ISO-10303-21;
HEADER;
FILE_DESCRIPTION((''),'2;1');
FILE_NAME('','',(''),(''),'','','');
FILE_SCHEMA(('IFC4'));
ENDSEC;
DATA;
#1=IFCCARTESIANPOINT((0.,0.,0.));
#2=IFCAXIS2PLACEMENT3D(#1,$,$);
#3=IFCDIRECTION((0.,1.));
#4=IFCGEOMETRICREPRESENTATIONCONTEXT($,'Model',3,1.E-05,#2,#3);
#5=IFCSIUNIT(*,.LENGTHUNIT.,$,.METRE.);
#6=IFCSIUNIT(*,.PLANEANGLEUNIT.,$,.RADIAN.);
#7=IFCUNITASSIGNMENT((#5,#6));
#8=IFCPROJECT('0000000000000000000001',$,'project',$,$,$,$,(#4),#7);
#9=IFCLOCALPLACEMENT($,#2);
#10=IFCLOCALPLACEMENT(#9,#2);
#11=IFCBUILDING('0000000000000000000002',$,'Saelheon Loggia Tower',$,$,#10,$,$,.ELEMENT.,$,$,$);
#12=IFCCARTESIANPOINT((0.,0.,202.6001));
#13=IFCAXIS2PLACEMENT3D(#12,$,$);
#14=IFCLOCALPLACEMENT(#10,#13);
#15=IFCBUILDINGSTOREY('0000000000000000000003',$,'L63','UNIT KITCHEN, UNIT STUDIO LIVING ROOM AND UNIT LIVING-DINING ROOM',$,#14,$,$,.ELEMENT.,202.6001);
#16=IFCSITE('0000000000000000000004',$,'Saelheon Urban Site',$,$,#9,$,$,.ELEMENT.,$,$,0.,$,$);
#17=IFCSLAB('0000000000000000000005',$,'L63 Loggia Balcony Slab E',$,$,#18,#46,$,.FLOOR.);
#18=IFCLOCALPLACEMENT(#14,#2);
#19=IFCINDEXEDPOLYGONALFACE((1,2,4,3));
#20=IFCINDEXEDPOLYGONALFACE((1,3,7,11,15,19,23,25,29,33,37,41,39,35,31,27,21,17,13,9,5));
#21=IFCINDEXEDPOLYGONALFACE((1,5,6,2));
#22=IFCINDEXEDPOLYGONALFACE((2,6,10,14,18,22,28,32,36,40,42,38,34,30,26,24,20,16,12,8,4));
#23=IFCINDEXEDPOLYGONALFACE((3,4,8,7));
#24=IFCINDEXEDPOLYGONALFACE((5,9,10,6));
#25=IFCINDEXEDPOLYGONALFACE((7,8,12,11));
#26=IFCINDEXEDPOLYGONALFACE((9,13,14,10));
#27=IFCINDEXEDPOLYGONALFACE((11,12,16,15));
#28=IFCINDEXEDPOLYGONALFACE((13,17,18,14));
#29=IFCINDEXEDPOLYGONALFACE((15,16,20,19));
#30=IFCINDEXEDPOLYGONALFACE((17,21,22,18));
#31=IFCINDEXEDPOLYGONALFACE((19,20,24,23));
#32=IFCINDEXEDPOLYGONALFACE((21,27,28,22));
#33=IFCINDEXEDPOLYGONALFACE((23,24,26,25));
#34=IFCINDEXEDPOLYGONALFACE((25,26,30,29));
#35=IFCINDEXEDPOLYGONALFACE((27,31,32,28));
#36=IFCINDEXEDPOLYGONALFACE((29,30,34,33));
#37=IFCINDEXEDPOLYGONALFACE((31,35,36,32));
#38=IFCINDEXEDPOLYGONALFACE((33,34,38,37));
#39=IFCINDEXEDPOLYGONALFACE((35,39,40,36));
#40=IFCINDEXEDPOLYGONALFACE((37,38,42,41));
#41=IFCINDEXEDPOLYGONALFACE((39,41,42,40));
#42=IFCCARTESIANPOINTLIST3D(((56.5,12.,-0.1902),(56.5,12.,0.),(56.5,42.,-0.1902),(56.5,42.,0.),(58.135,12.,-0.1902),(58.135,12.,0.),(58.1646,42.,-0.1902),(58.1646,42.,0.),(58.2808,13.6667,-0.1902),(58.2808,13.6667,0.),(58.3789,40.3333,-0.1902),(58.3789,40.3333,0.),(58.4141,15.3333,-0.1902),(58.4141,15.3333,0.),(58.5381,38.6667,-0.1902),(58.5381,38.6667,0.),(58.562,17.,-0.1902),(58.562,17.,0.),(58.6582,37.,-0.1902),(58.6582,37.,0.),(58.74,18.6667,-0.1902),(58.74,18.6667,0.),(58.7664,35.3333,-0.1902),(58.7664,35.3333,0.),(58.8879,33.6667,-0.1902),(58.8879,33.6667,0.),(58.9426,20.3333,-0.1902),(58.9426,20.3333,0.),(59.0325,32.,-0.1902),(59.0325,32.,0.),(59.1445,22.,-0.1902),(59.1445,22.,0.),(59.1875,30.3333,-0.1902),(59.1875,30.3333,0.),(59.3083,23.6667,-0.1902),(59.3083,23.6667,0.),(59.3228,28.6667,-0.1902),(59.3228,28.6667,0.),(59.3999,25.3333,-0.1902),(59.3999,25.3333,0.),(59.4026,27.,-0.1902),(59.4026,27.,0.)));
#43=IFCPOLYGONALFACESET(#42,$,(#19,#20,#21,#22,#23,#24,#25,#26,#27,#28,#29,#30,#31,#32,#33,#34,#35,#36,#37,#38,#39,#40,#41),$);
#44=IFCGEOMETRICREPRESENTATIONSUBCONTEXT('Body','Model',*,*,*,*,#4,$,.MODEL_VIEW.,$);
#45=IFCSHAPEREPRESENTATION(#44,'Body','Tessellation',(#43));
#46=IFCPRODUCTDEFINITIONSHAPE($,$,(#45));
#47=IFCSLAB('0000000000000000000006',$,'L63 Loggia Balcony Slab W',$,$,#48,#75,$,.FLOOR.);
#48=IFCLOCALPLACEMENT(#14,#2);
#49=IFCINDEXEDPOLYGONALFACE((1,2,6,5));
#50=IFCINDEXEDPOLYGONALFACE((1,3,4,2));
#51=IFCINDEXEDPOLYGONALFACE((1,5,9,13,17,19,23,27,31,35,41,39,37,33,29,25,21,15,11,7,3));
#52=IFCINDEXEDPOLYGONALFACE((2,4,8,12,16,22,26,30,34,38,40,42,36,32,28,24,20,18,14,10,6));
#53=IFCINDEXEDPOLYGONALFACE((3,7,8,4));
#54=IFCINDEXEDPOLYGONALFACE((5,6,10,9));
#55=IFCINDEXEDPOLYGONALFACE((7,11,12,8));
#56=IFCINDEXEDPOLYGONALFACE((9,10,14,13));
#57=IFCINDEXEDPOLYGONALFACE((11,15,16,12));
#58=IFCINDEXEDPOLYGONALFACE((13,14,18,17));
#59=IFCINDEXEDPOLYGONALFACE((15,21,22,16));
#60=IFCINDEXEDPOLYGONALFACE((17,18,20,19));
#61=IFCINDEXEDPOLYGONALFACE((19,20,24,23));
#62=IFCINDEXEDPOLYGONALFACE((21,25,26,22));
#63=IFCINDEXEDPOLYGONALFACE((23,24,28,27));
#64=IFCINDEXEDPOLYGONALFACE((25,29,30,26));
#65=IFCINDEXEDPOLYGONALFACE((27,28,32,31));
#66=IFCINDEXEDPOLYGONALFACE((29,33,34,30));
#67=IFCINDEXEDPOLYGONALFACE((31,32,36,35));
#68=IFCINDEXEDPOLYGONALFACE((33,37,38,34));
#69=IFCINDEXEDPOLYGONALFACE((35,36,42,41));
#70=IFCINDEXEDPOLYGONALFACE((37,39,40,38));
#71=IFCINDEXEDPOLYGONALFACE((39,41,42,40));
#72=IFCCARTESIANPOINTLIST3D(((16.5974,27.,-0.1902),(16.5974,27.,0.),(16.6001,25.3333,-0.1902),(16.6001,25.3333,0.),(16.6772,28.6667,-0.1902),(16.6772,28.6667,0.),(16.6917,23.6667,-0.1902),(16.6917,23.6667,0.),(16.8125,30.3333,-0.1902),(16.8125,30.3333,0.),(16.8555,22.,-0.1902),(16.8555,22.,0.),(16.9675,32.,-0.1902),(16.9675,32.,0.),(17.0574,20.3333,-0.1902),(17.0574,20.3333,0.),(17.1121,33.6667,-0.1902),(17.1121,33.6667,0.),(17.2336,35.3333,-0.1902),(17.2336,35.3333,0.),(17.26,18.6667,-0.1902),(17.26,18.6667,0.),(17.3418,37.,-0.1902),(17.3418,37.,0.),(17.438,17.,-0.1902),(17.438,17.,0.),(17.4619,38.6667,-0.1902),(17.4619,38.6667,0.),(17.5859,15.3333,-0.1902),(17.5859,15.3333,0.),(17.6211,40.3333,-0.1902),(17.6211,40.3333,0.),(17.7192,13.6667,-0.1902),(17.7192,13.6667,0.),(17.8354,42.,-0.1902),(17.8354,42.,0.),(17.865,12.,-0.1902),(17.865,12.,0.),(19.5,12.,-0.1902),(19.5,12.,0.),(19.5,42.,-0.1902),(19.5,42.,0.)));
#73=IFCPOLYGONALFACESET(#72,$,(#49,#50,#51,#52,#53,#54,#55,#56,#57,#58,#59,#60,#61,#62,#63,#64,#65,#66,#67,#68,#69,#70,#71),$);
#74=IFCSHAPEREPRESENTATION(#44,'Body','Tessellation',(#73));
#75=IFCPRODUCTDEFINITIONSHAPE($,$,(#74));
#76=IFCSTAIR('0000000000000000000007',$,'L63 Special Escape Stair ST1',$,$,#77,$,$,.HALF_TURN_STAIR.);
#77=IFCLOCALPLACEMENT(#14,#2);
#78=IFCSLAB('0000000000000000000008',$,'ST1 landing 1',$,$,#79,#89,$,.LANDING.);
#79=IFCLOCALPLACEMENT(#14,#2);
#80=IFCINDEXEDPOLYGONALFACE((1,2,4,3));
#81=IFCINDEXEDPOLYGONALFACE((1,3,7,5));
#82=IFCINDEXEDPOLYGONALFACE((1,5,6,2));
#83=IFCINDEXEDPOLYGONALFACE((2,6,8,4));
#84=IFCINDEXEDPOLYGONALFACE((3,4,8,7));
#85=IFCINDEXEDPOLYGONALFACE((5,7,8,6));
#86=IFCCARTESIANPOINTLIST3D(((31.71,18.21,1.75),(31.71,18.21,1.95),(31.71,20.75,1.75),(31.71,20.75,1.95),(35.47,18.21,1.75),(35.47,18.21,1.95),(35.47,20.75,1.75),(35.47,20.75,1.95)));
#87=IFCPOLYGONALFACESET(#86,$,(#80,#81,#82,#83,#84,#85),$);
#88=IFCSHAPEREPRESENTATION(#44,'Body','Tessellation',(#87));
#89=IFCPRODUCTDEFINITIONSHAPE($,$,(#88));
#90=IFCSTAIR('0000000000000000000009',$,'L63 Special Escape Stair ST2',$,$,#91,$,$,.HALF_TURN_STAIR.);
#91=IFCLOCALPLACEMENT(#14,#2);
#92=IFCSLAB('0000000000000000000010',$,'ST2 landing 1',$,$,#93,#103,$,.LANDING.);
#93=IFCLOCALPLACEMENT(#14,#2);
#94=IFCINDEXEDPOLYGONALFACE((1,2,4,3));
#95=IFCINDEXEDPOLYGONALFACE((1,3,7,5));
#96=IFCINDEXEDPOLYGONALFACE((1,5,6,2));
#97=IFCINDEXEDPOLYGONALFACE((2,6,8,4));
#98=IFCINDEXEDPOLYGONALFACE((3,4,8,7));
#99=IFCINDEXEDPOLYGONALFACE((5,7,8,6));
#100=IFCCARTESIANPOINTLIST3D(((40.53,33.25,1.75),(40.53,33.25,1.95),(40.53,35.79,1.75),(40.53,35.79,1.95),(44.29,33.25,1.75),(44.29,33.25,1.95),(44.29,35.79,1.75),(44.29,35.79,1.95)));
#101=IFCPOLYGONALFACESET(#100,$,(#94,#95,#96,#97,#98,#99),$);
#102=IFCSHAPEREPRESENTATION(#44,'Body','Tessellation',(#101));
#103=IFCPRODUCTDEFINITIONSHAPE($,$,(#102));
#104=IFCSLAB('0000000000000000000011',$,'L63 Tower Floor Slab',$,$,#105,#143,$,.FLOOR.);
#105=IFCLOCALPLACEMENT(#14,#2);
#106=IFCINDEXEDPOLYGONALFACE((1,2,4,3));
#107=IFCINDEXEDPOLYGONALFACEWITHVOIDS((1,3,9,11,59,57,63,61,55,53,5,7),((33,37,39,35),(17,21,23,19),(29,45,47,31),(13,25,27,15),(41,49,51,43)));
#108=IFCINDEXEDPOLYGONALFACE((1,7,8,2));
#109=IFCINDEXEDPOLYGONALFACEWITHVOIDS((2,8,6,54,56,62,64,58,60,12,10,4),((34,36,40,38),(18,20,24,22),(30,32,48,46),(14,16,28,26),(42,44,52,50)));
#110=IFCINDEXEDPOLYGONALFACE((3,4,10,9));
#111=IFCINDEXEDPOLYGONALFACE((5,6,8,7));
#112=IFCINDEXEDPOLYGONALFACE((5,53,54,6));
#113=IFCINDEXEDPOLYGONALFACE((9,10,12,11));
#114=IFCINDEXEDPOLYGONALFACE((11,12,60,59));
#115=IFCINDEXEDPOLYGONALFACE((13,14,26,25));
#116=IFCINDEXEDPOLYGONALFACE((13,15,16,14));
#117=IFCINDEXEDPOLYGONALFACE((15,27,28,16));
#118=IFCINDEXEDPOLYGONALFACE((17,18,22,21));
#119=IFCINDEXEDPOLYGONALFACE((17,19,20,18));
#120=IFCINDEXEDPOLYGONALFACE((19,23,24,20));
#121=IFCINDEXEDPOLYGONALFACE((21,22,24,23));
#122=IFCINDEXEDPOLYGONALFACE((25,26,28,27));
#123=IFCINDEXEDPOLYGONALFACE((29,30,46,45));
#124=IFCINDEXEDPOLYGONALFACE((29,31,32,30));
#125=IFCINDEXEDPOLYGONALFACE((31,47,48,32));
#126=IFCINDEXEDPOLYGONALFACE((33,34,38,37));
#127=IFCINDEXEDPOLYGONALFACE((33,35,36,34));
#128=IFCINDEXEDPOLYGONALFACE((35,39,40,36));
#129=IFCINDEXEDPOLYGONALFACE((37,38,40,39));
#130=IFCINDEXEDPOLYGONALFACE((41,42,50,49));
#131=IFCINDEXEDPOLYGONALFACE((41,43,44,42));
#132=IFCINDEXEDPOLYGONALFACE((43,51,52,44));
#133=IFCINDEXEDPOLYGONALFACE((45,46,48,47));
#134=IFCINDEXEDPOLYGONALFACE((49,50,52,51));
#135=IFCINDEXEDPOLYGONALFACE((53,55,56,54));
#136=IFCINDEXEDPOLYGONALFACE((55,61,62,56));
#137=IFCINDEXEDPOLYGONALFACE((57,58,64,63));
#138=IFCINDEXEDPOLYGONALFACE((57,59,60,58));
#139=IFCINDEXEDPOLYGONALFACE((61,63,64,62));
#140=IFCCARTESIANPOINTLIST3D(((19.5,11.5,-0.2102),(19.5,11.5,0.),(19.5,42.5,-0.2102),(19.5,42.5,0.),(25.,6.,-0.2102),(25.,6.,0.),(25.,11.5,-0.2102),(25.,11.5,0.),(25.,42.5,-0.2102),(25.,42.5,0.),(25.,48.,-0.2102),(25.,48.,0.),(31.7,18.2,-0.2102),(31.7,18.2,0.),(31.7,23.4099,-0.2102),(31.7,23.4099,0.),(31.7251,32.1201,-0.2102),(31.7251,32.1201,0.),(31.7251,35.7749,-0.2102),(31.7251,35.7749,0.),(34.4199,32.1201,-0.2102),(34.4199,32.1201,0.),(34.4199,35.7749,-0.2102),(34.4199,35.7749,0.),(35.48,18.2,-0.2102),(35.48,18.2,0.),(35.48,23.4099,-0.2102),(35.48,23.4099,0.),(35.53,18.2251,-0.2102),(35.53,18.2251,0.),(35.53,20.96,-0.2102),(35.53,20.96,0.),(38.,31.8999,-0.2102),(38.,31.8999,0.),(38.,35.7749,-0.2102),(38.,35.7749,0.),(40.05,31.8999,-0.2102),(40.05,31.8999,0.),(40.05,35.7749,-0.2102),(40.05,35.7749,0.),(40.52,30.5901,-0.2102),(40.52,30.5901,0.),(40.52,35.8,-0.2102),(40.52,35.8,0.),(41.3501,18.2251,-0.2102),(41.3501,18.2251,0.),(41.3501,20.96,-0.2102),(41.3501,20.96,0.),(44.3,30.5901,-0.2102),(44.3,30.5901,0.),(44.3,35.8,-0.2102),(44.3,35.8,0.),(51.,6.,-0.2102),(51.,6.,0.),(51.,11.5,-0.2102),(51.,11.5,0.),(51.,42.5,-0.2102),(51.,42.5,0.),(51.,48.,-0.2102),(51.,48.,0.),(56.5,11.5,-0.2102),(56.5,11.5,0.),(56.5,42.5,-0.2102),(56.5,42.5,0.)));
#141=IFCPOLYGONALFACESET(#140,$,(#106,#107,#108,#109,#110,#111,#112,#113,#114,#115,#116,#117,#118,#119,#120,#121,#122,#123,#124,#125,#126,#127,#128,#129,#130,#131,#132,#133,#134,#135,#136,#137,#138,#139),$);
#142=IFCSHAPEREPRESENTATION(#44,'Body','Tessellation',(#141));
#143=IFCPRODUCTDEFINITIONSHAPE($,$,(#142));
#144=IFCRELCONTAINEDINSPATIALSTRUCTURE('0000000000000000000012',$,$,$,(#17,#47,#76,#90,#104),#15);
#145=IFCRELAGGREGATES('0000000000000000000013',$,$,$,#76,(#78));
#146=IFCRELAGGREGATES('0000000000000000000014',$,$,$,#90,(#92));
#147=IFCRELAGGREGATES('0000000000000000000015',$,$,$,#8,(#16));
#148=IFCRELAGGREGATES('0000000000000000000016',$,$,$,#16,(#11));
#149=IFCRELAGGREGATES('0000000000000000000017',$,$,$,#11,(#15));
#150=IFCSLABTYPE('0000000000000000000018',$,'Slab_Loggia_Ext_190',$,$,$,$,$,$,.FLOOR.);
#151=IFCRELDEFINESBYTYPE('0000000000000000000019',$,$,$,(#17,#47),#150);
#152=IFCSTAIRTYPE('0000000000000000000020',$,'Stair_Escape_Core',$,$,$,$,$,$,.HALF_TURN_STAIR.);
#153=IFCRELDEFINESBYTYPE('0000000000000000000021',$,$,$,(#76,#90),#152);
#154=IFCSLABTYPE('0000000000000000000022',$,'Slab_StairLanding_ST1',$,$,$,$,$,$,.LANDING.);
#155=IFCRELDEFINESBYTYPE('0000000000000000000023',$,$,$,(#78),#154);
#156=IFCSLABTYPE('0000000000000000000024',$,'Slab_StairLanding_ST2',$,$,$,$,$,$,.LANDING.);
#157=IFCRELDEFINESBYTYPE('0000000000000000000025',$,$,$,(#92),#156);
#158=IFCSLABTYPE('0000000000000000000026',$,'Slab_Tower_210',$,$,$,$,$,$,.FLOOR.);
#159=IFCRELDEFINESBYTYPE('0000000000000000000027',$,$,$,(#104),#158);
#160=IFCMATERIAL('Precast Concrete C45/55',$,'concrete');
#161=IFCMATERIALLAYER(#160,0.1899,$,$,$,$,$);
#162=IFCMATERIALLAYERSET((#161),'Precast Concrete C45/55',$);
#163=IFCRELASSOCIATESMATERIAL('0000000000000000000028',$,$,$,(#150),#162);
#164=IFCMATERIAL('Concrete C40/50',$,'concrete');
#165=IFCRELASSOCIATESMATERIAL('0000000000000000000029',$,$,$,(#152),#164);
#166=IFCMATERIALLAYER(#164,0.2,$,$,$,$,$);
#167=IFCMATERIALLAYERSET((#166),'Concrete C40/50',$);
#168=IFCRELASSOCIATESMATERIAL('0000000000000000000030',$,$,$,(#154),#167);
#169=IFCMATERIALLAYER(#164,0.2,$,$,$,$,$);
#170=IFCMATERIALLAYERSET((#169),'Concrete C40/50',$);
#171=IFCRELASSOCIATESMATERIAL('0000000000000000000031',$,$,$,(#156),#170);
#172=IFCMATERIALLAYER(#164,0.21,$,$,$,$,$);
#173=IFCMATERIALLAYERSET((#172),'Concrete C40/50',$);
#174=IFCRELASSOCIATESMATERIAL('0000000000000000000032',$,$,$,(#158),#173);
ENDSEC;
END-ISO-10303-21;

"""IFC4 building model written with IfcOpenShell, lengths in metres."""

from ifc_helpers import new_model, si_unit, direction, frame, origin, place, context, subcontext, project, spatial, polyline, outline, extrude, material, layer, layer_set, type_object, element, aggregate, save


model = new_model("IFC4")

# Units and contexts
model_context = context("Model", 3, precision=1e-05, world=origin(), true_north=direction((0.0, 1.0)))
body_context = subcontext(model_context, "Body", "Model", "MODEL_VIEW")
ifc_project = project(units=[si_unit("LENGTHUNIT", "METRE"), si_unit("PLANEANGLEUNIT", "RADIAN")], contexts=[model_context])

# Site, building, storey
site_placement = place(None, origin())
site = spatial("IfcSite", under=ifc_project, at=site_placement, Name="Saelheon Urban Site", CompositionType="ELEMENT", RefElevation=0.0)
building_placement = place(site_placement, origin())
building = spatial("IfcBuilding", under=site, at=building_placement, Name="Saelheon Loggia Tower", CompositionType="ELEMENT")
storey_placement = place(building_placement, frame((0.0, 0.0, 202.6001)))
storey = spatial("IfcBuildingStorey", under=building, at=storey_placement, Name="L63", Description="UNIT KITCHEN, UNIT STUDIO LIVING ROOM AND UNIT LIVING-DINING ROOM", CompositionType="ELEMENT", Elevation=202.6001)

# Shared definitions
ifc_material_1 = material(Name="Precast Concrete C45/55", Category="concrete")

# Slabs
ifc_layer_1 = layer(ifc_material_1, 0.1899)
ifc_layer_set_1 = layer_set([ifc_layer_1], Name="Precast Concrete C45/55")
slab_type_1 = type_object("IfcSlabType", Name="Slab_Loggia_Ext_190", PredefinedType="FLOOR", material=ifc_layer_set_1)
slab_1_placement = place(storey_placement, frame((0.0, 0.0, -0.1902)))
element("IfcSlab", 1, at=slab_1_placement, inside=storey, type_object=slab_type_1, Name="L63 Loggia Balcony Slab E", PredefinedType="FLOOR", context=body_context, shape_type="SweptSolid", body=[
    extrude(outline(polyline([(56.5, 12.0), (58.135, 12.0), (58.2808, 13.6667), (58.4141, 15.3333), (58.562, 17.0), (58.74, 18.6667), (58.9426, 20.3333), (59.1445, 22.0), (59.3083, 23.6667), (59.3999, 25.3333), (59.4026, 27.0), (59.3228, 28.6667), (59.1875, 30.3333), (59.0325, 32.0), (58.8879, 33.6667), (58.7664, 35.3333), (58.6582, 37.0), (58.5381, 38.6667), (58.3789, 40.3333), (58.1646, 42.0), (56.5, 42.0), (56.5, 12.0)])), origin(), (0.0, 0.0, 1.0), 0.1902),
])
slab_2_placement = place(storey_placement, frame((0.0, 0.0, -0.1902)))
element("IfcSlab", 2, at=slab_2_placement, inside=storey, type_object=slab_type_1, Name="L63 Loggia Balcony Slab W", PredefinedType="FLOOR", context=body_context, shape_type="SweptSolid", body=[
    extrude(outline(polyline([(19.5, 12.0), (19.5, 42.0), (17.8354, 42.0), (17.6211, 40.3333), (17.4619, 38.6667), (17.3418, 37.0), (17.2336, 35.3333), (17.1121, 33.6667), (16.9675, 32.0), (16.8125, 30.3333), (16.6772, 28.6667), (16.5974, 27.0), (16.6001, 25.3333), (16.6917, 23.6667), (16.8555, 22.0), (17.0574, 20.3333), (17.26, 18.6667), (17.438, 17.0), (17.5859, 15.3333), (17.7192, 13.6667), (17.865, 12.0), (19.5, 12.0)])), origin(), (0.0, 0.0, 1.0), 0.1902),
])

# Stairs, slabs
ifc_material_2 = material(Name="Concrete C40/50", Category="concrete")
stair_type = type_object("IfcStairType", Name="Stair_Escape_Core", PredefinedType="HALF_TURN_STAIR", material=ifc_material_2)
stair_1_placement = place(storey_placement, origin())
stair_1 = element("IfcStair", 3, at=stair_1_placement, inside=storey, type_object=stair_type, Name="L63 Special Escape Stair ST1", PredefinedType="HALF_TURN_STAIR")
ifc_layer_2 = layer(ifc_material_2, 0.2)
ifc_layer_set_2 = layer_set([ifc_layer_2], Name="Concrete C40/50")
slab_type_2 = type_object("IfcSlabType", Name="Slab_StairLanding_ST1", PredefinedType="LANDING", material=ifc_layer_set_2)
slab_3_placement = place(storey_placement, frame((0.0, 0.0, 1.75)))
slab_3 = element("IfcSlab", 4, at=slab_3_placement, type_object=slab_type_2, Name="ST1 landing 1", PredefinedType="LANDING", context=body_context, shape_type="SweptSolid", body=[
    extrude(outline(polyline([(31.71, 20.75), (31.71, 18.21), (35.47, 18.21), (35.47, 20.75), (31.71, 20.75)])), origin(), (0.0, 0.0, 1.0), 0.2),
])
aggregate(stair_1, [slab_3])
stair_2_placement = place(storey_placement, origin())
stair_2 = element("IfcStair", 5, at=stair_2_placement, inside=storey, type_object=stair_type, Name="L63 Special Escape Stair ST2", PredefinedType="HALF_TURN_STAIR")
ifc_layer_3 = layer(ifc_material_2, 0.2)
ifc_layer_set_3 = layer_set([ifc_layer_3], Name="Concrete C40/50")
slab_type_3 = type_object("IfcSlabType", Name="Slab_StairLanding_ST2", PredefinedType="LANDING", material=ifc_layer_set_3)
slab_4_placement = place(storey_placement, frame((0.0, 0.0, 1.75)))
slab_4 = element("IfcSlab", 6, at=slab_4_placement, type_object=slab_type_3, Name="ST2 landing 1", PredefinedType="LANDING", context=body_context, shape_type="SweptSolid", body=[
    extrude(outline(polyline([(44.29, 33.25), (44.29, 35.79), (40.53, 35.79), (40.53, 33.25), (44.29, 33.25)])), origin(), (0.0, 0.0, 1.0), 0.2),
])
aggregate(stair_2, [slab_4])

# Slab
ifc_layer_4 = layer(ifc_material_2, 0.21)
ifc_layer_set_4 = layer_set([ifc_layer_4], Name="Concrete C40/50")
slab_type_4 = type_object("IfcSlabType", Name="Slab_Tower_210", PredefinedType="FLOOR", material=ifc_layer_set_4)
slab_5_placement = place(storey_placement, frame((0.0, 0.0, -0.2102)))
element("IfcSlab", 7, at=slab_5_placement, inside=storey, type_object=slab_type_4, Name="L63 Tower Floor Slab", PredefinedType="FLOOR", context=body_context, shape_type="SweptSolid", body=[
    extrude(outline(polyline([(25.0, 6.0), (51.0, 6.0), (51.0, 11.5), (56.5, 11.5), (56.5, 42.5), (51.0, 42.5), (51.0, 48.0), (25.0, 48.0), (25.0, 42.5), (19.5, 42.5), (19.5, 11.5), (25.0, 11.5), (25.0, 6.0)]), holes=[polyline([(31.7, 23.4099), (31.7, 18.2), (35.48, 18.2), (35.48, 23.4099), (31.7, 23.4099)]), polyline([(44.3, 30.5901), (44.3, 35.8), (40.52, 35.8), (40.52, 30.5901), (44.3, 30.5901)]), polyline([(35.53, 18.2251), (41.3501, 18.2251), (41.3501, 20.96), (35.53, 20.96), (35.53, 18.2251)]), polyline([(31.7251, 32.1201), (34.4199, 32.1201), (34.4199, 35.7749), (31.7251, 35.7749), (31.7251, 32.1201)]), polyline([(38.0, 31.8999), (40.05, 31.8999), (40.05, 35.7749), (38.0, 35.7749), (38.0, 31.8999)])]), origin(), (0.0, 0.0, 1.0), 0.2102),
])

save(model, "model.ifc")
